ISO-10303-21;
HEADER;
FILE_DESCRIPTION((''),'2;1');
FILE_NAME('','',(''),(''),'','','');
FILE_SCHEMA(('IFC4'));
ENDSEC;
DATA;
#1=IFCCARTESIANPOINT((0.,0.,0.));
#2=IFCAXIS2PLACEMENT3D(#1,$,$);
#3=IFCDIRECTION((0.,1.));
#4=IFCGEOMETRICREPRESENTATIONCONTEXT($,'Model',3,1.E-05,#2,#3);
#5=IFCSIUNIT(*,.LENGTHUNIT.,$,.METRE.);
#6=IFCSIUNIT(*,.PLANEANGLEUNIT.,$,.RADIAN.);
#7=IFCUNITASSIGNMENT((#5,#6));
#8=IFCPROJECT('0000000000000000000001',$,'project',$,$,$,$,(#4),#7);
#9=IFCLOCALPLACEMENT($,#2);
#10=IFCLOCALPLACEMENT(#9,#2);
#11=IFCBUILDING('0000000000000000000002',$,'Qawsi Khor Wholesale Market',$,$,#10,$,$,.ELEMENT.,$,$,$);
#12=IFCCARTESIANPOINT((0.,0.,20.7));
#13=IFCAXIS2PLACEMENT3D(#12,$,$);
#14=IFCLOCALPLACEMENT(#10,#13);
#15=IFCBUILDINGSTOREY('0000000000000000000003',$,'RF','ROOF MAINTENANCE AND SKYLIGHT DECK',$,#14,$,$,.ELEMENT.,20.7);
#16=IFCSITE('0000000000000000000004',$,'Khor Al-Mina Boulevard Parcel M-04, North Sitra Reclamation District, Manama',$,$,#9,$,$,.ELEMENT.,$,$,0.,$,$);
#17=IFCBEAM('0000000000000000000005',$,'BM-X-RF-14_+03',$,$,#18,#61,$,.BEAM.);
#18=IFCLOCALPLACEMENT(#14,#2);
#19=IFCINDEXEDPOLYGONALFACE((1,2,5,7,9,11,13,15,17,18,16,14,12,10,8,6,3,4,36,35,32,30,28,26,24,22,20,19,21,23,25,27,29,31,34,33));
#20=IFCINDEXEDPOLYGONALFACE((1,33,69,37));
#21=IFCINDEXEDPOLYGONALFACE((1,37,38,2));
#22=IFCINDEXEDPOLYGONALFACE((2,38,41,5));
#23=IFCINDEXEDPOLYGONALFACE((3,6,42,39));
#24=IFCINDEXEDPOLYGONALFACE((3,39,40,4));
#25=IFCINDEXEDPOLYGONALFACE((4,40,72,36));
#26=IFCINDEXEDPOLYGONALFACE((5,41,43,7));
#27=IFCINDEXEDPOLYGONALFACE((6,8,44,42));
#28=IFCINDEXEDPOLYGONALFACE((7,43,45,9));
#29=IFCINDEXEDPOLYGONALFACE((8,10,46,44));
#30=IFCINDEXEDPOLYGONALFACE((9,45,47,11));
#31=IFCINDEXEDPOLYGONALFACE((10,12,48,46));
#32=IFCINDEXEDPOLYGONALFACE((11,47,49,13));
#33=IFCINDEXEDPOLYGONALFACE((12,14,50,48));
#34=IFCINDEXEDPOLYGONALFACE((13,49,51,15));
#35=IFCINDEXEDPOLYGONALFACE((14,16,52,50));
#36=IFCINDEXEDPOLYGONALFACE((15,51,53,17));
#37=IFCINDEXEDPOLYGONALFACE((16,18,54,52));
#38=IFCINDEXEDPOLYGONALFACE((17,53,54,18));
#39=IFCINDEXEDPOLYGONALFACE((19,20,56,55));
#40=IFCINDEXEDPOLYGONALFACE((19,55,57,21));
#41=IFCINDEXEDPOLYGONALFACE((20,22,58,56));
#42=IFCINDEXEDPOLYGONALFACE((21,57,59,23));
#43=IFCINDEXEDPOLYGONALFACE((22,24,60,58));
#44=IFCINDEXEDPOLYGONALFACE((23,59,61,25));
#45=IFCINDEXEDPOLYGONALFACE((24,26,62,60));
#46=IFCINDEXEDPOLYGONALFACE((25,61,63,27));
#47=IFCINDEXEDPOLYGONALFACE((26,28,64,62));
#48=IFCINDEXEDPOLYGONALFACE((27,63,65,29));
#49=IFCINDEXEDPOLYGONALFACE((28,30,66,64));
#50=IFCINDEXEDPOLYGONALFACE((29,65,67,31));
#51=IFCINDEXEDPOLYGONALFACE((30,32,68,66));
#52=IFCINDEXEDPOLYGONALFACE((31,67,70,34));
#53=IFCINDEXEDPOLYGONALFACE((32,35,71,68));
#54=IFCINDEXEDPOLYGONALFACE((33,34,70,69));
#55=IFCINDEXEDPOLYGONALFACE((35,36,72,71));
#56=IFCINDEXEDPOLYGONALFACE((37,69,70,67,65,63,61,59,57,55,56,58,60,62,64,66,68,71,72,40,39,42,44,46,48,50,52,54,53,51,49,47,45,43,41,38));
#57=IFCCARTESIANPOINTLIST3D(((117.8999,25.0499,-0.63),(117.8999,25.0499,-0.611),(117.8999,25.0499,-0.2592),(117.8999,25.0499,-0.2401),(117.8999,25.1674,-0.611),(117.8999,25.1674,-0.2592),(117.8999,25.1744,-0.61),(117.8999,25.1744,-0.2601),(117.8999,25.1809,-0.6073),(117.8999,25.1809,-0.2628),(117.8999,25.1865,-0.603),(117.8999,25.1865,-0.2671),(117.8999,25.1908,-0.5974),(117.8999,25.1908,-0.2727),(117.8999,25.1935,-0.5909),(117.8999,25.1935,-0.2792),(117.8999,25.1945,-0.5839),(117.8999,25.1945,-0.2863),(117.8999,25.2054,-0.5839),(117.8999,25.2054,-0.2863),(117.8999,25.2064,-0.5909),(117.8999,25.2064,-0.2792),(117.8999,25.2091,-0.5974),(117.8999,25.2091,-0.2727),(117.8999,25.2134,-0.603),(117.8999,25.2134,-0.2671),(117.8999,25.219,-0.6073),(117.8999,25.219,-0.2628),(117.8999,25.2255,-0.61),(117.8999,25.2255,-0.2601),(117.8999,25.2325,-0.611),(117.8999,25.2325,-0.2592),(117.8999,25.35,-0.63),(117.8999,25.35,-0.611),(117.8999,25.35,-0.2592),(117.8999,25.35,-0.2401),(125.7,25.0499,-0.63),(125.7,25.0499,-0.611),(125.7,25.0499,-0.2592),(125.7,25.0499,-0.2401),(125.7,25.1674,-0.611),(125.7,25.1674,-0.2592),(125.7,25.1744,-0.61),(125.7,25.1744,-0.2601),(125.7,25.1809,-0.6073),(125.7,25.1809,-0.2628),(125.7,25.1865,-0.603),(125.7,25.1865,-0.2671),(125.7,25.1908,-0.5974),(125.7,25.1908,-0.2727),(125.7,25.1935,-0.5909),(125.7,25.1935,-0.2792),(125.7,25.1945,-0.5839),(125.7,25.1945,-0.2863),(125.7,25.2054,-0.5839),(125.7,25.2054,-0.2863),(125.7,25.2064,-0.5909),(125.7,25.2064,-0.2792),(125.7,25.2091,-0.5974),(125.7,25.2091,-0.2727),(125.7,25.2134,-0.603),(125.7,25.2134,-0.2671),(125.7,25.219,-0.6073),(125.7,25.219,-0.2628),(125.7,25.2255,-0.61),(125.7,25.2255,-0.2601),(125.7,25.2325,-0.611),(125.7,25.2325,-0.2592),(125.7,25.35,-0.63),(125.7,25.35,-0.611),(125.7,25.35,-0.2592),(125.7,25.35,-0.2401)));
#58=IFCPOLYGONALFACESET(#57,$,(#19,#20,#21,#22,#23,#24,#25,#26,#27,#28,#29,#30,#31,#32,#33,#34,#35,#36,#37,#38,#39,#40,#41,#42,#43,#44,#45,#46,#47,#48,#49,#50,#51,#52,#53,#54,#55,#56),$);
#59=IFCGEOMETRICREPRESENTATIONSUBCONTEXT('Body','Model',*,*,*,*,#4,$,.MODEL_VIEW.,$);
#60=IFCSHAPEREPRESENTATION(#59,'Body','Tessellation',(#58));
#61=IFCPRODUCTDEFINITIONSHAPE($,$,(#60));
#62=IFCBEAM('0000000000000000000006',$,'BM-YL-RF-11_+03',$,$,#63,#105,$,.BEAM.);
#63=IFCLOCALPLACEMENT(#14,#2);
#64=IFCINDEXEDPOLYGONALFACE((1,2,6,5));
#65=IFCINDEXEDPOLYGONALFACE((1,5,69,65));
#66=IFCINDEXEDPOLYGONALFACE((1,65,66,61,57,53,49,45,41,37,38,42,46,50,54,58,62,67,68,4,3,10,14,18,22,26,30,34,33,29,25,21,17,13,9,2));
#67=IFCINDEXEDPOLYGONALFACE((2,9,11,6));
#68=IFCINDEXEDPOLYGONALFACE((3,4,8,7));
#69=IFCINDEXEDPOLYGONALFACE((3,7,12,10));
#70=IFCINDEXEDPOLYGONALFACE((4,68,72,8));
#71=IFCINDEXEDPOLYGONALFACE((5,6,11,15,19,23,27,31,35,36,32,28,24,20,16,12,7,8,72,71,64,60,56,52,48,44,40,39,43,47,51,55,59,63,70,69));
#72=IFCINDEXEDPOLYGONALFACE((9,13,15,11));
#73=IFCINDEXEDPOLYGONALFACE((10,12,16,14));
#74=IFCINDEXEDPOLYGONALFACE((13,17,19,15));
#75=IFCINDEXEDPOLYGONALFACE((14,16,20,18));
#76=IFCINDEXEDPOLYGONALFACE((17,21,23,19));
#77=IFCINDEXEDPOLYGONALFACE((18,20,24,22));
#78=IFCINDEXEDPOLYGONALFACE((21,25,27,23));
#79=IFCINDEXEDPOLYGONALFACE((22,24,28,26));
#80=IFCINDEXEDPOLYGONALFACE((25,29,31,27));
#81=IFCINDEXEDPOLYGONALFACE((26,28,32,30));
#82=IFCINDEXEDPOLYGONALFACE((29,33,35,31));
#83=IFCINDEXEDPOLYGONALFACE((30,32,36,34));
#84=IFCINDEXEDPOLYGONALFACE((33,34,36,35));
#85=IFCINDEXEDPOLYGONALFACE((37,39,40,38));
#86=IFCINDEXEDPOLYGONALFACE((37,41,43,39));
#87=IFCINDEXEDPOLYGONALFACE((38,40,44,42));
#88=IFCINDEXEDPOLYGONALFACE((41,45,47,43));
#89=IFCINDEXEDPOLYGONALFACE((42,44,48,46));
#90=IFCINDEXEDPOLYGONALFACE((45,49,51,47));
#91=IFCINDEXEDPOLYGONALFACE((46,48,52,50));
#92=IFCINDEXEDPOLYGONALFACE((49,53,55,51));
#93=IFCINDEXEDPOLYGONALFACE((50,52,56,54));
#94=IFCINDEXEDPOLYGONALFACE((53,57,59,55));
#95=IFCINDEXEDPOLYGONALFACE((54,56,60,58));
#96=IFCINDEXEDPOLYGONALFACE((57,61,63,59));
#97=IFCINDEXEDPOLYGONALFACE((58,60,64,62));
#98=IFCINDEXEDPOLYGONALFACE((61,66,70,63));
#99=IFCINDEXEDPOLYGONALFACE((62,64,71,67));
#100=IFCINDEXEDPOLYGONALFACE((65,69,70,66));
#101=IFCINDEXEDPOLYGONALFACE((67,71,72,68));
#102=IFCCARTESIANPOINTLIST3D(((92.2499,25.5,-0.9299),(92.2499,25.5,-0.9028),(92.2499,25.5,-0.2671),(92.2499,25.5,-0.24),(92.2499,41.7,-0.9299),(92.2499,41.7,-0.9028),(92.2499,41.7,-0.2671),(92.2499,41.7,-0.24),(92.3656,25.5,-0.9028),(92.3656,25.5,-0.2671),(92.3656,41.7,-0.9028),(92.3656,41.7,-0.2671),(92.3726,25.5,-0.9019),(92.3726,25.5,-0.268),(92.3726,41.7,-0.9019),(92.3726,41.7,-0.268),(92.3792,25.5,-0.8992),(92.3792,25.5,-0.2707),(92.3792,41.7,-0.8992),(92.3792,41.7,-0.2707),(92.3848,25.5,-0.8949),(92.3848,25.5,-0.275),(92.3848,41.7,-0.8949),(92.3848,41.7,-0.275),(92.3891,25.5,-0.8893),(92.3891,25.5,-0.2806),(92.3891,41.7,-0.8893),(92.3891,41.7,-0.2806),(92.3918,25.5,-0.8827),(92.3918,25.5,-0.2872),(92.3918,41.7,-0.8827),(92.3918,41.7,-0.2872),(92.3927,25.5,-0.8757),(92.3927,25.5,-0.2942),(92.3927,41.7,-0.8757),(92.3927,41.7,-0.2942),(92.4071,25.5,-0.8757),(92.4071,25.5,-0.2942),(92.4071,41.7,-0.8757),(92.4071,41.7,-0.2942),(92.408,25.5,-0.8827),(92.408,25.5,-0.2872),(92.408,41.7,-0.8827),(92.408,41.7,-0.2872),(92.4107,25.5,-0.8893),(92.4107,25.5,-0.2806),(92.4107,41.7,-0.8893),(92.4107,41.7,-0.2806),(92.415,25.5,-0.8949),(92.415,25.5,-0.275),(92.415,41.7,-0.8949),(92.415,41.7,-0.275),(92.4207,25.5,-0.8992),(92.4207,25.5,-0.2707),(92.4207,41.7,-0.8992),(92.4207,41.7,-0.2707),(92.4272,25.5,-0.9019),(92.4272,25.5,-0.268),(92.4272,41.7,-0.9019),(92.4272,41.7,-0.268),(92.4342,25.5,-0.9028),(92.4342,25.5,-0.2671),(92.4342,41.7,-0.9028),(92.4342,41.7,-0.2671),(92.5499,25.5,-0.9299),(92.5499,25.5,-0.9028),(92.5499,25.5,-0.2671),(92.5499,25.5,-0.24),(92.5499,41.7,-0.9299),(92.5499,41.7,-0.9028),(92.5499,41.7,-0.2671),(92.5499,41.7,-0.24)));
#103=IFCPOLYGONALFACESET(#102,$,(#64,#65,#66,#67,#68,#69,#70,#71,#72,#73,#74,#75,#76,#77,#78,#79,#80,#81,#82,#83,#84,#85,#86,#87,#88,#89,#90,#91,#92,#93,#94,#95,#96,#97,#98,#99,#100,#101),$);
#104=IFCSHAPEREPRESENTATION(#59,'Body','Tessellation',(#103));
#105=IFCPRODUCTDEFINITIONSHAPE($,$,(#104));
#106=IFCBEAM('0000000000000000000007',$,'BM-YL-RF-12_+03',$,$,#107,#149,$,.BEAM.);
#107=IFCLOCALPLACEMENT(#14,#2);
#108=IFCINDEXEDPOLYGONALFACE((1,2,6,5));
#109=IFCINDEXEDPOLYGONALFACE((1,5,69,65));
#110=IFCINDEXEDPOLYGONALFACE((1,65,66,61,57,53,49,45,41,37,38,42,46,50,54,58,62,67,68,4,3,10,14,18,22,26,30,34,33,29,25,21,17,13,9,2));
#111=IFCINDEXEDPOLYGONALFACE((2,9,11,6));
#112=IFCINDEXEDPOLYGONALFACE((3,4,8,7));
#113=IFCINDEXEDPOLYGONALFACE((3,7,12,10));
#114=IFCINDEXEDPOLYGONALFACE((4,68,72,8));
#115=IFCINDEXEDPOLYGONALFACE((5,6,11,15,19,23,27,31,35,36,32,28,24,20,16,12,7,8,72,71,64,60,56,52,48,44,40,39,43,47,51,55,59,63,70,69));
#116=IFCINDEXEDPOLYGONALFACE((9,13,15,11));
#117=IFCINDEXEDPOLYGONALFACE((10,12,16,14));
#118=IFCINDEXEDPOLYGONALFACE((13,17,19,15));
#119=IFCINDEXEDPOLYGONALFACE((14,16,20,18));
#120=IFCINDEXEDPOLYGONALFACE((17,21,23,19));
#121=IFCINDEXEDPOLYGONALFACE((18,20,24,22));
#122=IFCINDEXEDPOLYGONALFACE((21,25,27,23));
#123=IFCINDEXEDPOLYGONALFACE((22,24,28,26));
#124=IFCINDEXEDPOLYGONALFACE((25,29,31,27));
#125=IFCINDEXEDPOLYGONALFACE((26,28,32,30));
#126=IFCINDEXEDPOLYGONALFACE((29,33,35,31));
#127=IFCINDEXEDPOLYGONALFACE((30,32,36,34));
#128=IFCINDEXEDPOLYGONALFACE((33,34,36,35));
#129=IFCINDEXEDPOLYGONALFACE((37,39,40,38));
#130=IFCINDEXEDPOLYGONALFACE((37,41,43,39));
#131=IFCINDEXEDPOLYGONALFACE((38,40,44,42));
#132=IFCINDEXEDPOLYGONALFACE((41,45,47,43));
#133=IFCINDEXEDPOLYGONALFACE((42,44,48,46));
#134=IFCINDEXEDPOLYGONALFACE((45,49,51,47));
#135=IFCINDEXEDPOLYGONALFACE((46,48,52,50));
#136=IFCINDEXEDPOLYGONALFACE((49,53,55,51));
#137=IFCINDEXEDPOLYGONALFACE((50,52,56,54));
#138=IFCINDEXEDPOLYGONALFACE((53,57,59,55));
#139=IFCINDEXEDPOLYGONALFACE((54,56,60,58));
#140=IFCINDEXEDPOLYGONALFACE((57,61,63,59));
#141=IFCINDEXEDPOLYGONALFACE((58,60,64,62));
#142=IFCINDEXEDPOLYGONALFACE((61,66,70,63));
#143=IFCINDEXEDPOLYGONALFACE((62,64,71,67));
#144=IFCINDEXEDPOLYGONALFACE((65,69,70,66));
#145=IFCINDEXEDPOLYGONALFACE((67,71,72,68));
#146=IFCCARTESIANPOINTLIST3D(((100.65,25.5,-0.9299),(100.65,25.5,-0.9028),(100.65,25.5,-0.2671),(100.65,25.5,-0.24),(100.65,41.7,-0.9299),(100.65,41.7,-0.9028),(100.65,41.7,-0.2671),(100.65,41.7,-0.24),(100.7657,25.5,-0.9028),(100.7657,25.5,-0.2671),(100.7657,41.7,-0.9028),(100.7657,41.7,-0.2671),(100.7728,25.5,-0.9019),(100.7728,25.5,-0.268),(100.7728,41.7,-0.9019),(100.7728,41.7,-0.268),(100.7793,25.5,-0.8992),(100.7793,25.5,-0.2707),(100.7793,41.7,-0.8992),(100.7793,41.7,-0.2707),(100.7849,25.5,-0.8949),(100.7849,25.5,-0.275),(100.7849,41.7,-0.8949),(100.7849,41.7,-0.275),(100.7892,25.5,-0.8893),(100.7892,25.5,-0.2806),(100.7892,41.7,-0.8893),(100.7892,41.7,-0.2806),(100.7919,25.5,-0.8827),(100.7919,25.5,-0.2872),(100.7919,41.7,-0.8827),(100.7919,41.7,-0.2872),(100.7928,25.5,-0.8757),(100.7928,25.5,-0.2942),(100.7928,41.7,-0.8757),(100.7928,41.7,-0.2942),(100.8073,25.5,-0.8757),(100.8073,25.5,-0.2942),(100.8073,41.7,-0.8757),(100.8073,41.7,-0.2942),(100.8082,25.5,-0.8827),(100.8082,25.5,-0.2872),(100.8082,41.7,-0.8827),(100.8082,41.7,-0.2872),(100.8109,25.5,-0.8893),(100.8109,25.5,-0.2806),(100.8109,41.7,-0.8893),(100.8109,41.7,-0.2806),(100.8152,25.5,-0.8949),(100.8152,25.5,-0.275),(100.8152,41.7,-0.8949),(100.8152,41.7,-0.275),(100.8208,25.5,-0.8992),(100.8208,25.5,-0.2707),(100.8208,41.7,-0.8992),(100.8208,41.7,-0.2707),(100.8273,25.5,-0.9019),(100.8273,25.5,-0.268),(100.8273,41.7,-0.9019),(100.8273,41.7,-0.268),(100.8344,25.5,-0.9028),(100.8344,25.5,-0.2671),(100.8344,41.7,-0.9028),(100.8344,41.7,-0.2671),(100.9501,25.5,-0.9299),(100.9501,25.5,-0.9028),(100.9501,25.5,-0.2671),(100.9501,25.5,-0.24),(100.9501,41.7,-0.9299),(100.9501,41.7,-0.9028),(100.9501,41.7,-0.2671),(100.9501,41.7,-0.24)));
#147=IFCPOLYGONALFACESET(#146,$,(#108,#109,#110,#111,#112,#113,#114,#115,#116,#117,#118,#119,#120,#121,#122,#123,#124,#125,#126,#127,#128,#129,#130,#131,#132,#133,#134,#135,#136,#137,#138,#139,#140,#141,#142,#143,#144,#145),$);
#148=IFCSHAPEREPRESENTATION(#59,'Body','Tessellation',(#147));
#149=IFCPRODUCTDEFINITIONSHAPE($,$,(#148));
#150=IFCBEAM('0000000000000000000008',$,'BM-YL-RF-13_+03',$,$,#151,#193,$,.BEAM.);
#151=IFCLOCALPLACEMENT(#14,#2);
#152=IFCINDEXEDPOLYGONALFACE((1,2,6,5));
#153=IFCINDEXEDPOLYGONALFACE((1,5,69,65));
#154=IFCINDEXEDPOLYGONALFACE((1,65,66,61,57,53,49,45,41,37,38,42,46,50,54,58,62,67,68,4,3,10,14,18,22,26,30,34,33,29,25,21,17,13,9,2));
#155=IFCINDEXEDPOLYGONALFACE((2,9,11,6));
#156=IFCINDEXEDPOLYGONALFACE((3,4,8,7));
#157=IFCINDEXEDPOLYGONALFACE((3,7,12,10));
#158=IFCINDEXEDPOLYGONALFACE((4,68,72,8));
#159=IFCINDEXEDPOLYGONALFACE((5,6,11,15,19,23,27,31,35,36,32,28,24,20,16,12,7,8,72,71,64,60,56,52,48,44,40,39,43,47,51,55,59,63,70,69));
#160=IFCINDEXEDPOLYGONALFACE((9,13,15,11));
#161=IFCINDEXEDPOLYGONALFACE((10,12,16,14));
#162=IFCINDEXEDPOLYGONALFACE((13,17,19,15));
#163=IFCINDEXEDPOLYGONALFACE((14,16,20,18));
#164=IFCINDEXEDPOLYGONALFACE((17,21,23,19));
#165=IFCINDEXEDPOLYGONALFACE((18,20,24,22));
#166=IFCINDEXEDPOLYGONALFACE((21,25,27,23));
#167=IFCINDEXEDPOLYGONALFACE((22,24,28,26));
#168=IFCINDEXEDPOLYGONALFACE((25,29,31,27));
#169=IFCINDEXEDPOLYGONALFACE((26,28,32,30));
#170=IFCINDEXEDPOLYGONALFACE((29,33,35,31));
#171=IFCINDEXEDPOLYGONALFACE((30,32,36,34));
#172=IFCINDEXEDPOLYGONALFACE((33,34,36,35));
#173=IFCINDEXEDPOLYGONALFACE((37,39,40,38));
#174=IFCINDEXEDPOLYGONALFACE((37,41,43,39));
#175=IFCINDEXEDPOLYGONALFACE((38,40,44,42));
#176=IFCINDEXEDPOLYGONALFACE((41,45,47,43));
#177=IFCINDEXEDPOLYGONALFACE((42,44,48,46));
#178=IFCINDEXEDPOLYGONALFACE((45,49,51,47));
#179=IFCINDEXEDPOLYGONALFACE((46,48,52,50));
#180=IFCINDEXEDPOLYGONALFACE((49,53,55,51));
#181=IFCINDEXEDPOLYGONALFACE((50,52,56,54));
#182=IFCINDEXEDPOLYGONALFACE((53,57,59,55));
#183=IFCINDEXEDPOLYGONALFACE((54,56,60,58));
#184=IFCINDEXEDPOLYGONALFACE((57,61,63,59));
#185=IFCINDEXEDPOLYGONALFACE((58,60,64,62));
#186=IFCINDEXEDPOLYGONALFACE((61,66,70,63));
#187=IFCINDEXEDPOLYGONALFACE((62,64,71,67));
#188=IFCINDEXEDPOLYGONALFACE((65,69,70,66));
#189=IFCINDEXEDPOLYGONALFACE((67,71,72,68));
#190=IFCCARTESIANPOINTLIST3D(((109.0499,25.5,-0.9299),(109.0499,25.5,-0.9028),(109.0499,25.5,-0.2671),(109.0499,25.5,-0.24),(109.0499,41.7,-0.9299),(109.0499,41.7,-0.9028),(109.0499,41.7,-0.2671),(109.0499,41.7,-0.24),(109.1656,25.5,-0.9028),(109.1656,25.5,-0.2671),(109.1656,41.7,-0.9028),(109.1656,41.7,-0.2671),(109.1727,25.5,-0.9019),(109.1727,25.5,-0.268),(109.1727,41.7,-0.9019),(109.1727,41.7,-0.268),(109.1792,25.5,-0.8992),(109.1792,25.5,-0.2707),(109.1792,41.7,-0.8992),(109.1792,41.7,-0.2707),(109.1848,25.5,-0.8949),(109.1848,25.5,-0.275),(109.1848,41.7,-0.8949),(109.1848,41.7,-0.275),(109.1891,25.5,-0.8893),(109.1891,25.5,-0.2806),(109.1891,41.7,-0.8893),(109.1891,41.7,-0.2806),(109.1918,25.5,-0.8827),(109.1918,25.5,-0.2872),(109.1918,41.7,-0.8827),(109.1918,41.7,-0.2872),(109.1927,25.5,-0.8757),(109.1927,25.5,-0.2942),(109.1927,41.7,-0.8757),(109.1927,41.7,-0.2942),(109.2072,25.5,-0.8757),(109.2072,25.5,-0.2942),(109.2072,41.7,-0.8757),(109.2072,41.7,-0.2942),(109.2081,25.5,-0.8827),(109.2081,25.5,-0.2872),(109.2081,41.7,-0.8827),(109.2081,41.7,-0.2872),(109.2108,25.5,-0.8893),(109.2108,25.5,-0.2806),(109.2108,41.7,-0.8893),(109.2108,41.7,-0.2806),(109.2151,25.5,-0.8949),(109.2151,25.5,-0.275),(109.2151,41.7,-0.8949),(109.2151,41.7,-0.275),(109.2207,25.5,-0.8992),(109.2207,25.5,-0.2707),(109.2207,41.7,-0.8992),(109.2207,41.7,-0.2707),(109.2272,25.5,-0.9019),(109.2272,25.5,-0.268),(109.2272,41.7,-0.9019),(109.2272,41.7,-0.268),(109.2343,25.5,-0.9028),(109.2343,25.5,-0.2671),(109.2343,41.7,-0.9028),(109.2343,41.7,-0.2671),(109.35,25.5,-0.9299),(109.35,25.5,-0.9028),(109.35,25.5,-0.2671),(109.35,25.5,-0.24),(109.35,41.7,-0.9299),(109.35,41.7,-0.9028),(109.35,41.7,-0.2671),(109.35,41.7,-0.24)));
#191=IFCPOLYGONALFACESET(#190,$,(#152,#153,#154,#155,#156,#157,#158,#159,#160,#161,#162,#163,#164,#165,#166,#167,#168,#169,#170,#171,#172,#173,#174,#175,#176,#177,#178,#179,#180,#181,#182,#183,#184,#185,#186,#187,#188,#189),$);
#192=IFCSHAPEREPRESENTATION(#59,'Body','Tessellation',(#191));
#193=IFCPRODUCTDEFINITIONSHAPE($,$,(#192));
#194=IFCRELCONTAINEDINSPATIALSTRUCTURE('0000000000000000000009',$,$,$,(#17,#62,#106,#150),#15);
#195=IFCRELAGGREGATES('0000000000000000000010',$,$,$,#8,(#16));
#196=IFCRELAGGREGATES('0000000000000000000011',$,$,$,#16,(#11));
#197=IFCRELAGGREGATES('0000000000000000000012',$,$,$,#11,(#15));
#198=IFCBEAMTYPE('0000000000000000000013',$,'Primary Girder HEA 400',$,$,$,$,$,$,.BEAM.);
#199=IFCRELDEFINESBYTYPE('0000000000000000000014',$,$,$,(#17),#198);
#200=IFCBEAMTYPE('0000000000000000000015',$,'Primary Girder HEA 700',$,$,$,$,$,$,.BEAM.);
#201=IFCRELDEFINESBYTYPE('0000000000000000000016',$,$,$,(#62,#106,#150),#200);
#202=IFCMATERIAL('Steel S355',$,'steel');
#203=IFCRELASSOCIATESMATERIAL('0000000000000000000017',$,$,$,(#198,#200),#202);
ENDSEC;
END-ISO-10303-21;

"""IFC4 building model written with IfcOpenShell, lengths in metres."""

from ifc_helpers import new_model, si_unit, direction, frame, origin, origin_2d, place, context, subcontext, project, spatial, i_section, extrude, material, material_profile, profile_set, type_object, element, save


model = new_model("IFC4")

# Units and contexts
model_context = context("Model", 3, precision=1e-05, world=origin(), true_north=direction((0.0, 1.0)))
body_context = subcontext(model_context, "Body", "Model", "MODEL_VIEW")
ifc_project = project(units=[si_unit("LENGTHUNIT", "METRE"), si_unit("PLANEANGLEUNIT", "RADIAN")], contexts=[model_context])

# Site, building, storey
site_placement = place(None, origin())
site = spatial("IfcSite", under=ifc_project, at=site_placement, Name="Khor Al-Mina Boulevard Parcel M-04, North Sitra Reclamation District, Manama", CompositionType="ELEMENT", RefElevation=0.0)
building_placement = place(site_placement, origin())
building = spatial("IfcBuilding", under=site, at=building_placement, Name="Qawsi Khor Wholesale Market", CompositionType="ELEMENT")
storey_placement = place(building_placement, frame((0.0, 0.0, 20.7)))
storey = spatial("IfcBuildingStorey", under=building, at=storey_placement, Name="RF", Description="ROOF MAINTENANCE AND SKYLIGHT DECK", CompositionType="ELEMENT", Elevation=20.7)

# Beams
ifc_material_1 = material(Name="Steel S355", Category="steel")
ifc_material_profile_1 = material_profile(ifc_material_1, i_section(OverallWidth=0.3, OverallDepth=0.3899, WebThickness=0.011, FlangeThickness=0.019, FilletRadius=0.0271, at=origin_2d()), Name="HEA 400")
ifc_profile_set_1 = profile_set([ifc_material_profile_1], Name="Steel S355")
beam_type_1 = type_object("IfcBeamType", Name="Primary Girder HEA 400", PredefinedType="BEAM", material=ifc_profile_set_1)
for number, where, z_axis, x_axis, name in (
    (1, (117.8999, 25.2, -0.4351), (1.0, 0.0, 0.0), (0.0, 1.0, 0.0), "BM-X-RF-14_+03"),
):
    element("IfcBeam", number, at=place(storey_placement, frame(where, z_axis=z_axis, x_axis=x_axis)), inside=storey, type_object=beam_type_1, Name=name, PredefinedType="BEAM", context=body_context, shape_type="SweptSolid", body=[
        extrude(i_section(OverallWidth=0.3, OverallDepth=0.3899, WebThickness=0.011, FlangeThickness=0.019, FilletRadius=0.0271, at=origin_2d()), origin(), (0.0, 0.0, 1.0), 7.8),
    ])
ifc_material_profile_2 = material_profile(ifc_material_1, i_section(OverallWidth=0.3, OverallDepth=0.6899, WebThickness=0.0144, FlangeThickness=0.0271, FilletRadius=0.0271, at=origin_2d()), Name="HEA 700")
ifc_profile_set_2 = profile_set([ifc_material_profile_2], Name="Steel S355")
beam_type_2 = type_object("IfcBeamType", Name="Primary Girder HEA 700", PredefinedType="BEAM", material=ifc_profile_set_2)
for number, where, z_axis, x_axis, name in (
    (2, (92.3999, 25.5, -0.585), (0.0, 1.0, 0.0), (-1.0, 0.0, 0.0), "BM-YL-RF-11_+03"),
    (3, (100.8, 25.5, -0.585), (0.0, 1.0, 0.0), (-1.0, 0.0, 0.0), "BM-YL-RF-12_+03"),
    (4, (109.2, 25.5, -0.585), (0.0, 1.0, 0.0), (-1.0, 0.0, 0.0), "BM-YL-RF-13_+03"),
):
    element("IfcBeam", number, at=place(storey_placement, frame(where, z_axis=z_axis, x_axis=x_axis)), inside=storey, type_object=beam_type_2, Name=name, PredefinedType="BEAM", context=body_context, shape_type="SweptSolid", body=[
        extrude(i_section(OverallWidth=0.3, OverallDepth=0.6899, WebThickness=0.0144, FlangeThickness=0.0271, FilletRadius=0.0271, at=origin_2d()), origin(), (0.0, 0.0, 1.0), 16.2),
    ])

save(model, "model.ifc")
